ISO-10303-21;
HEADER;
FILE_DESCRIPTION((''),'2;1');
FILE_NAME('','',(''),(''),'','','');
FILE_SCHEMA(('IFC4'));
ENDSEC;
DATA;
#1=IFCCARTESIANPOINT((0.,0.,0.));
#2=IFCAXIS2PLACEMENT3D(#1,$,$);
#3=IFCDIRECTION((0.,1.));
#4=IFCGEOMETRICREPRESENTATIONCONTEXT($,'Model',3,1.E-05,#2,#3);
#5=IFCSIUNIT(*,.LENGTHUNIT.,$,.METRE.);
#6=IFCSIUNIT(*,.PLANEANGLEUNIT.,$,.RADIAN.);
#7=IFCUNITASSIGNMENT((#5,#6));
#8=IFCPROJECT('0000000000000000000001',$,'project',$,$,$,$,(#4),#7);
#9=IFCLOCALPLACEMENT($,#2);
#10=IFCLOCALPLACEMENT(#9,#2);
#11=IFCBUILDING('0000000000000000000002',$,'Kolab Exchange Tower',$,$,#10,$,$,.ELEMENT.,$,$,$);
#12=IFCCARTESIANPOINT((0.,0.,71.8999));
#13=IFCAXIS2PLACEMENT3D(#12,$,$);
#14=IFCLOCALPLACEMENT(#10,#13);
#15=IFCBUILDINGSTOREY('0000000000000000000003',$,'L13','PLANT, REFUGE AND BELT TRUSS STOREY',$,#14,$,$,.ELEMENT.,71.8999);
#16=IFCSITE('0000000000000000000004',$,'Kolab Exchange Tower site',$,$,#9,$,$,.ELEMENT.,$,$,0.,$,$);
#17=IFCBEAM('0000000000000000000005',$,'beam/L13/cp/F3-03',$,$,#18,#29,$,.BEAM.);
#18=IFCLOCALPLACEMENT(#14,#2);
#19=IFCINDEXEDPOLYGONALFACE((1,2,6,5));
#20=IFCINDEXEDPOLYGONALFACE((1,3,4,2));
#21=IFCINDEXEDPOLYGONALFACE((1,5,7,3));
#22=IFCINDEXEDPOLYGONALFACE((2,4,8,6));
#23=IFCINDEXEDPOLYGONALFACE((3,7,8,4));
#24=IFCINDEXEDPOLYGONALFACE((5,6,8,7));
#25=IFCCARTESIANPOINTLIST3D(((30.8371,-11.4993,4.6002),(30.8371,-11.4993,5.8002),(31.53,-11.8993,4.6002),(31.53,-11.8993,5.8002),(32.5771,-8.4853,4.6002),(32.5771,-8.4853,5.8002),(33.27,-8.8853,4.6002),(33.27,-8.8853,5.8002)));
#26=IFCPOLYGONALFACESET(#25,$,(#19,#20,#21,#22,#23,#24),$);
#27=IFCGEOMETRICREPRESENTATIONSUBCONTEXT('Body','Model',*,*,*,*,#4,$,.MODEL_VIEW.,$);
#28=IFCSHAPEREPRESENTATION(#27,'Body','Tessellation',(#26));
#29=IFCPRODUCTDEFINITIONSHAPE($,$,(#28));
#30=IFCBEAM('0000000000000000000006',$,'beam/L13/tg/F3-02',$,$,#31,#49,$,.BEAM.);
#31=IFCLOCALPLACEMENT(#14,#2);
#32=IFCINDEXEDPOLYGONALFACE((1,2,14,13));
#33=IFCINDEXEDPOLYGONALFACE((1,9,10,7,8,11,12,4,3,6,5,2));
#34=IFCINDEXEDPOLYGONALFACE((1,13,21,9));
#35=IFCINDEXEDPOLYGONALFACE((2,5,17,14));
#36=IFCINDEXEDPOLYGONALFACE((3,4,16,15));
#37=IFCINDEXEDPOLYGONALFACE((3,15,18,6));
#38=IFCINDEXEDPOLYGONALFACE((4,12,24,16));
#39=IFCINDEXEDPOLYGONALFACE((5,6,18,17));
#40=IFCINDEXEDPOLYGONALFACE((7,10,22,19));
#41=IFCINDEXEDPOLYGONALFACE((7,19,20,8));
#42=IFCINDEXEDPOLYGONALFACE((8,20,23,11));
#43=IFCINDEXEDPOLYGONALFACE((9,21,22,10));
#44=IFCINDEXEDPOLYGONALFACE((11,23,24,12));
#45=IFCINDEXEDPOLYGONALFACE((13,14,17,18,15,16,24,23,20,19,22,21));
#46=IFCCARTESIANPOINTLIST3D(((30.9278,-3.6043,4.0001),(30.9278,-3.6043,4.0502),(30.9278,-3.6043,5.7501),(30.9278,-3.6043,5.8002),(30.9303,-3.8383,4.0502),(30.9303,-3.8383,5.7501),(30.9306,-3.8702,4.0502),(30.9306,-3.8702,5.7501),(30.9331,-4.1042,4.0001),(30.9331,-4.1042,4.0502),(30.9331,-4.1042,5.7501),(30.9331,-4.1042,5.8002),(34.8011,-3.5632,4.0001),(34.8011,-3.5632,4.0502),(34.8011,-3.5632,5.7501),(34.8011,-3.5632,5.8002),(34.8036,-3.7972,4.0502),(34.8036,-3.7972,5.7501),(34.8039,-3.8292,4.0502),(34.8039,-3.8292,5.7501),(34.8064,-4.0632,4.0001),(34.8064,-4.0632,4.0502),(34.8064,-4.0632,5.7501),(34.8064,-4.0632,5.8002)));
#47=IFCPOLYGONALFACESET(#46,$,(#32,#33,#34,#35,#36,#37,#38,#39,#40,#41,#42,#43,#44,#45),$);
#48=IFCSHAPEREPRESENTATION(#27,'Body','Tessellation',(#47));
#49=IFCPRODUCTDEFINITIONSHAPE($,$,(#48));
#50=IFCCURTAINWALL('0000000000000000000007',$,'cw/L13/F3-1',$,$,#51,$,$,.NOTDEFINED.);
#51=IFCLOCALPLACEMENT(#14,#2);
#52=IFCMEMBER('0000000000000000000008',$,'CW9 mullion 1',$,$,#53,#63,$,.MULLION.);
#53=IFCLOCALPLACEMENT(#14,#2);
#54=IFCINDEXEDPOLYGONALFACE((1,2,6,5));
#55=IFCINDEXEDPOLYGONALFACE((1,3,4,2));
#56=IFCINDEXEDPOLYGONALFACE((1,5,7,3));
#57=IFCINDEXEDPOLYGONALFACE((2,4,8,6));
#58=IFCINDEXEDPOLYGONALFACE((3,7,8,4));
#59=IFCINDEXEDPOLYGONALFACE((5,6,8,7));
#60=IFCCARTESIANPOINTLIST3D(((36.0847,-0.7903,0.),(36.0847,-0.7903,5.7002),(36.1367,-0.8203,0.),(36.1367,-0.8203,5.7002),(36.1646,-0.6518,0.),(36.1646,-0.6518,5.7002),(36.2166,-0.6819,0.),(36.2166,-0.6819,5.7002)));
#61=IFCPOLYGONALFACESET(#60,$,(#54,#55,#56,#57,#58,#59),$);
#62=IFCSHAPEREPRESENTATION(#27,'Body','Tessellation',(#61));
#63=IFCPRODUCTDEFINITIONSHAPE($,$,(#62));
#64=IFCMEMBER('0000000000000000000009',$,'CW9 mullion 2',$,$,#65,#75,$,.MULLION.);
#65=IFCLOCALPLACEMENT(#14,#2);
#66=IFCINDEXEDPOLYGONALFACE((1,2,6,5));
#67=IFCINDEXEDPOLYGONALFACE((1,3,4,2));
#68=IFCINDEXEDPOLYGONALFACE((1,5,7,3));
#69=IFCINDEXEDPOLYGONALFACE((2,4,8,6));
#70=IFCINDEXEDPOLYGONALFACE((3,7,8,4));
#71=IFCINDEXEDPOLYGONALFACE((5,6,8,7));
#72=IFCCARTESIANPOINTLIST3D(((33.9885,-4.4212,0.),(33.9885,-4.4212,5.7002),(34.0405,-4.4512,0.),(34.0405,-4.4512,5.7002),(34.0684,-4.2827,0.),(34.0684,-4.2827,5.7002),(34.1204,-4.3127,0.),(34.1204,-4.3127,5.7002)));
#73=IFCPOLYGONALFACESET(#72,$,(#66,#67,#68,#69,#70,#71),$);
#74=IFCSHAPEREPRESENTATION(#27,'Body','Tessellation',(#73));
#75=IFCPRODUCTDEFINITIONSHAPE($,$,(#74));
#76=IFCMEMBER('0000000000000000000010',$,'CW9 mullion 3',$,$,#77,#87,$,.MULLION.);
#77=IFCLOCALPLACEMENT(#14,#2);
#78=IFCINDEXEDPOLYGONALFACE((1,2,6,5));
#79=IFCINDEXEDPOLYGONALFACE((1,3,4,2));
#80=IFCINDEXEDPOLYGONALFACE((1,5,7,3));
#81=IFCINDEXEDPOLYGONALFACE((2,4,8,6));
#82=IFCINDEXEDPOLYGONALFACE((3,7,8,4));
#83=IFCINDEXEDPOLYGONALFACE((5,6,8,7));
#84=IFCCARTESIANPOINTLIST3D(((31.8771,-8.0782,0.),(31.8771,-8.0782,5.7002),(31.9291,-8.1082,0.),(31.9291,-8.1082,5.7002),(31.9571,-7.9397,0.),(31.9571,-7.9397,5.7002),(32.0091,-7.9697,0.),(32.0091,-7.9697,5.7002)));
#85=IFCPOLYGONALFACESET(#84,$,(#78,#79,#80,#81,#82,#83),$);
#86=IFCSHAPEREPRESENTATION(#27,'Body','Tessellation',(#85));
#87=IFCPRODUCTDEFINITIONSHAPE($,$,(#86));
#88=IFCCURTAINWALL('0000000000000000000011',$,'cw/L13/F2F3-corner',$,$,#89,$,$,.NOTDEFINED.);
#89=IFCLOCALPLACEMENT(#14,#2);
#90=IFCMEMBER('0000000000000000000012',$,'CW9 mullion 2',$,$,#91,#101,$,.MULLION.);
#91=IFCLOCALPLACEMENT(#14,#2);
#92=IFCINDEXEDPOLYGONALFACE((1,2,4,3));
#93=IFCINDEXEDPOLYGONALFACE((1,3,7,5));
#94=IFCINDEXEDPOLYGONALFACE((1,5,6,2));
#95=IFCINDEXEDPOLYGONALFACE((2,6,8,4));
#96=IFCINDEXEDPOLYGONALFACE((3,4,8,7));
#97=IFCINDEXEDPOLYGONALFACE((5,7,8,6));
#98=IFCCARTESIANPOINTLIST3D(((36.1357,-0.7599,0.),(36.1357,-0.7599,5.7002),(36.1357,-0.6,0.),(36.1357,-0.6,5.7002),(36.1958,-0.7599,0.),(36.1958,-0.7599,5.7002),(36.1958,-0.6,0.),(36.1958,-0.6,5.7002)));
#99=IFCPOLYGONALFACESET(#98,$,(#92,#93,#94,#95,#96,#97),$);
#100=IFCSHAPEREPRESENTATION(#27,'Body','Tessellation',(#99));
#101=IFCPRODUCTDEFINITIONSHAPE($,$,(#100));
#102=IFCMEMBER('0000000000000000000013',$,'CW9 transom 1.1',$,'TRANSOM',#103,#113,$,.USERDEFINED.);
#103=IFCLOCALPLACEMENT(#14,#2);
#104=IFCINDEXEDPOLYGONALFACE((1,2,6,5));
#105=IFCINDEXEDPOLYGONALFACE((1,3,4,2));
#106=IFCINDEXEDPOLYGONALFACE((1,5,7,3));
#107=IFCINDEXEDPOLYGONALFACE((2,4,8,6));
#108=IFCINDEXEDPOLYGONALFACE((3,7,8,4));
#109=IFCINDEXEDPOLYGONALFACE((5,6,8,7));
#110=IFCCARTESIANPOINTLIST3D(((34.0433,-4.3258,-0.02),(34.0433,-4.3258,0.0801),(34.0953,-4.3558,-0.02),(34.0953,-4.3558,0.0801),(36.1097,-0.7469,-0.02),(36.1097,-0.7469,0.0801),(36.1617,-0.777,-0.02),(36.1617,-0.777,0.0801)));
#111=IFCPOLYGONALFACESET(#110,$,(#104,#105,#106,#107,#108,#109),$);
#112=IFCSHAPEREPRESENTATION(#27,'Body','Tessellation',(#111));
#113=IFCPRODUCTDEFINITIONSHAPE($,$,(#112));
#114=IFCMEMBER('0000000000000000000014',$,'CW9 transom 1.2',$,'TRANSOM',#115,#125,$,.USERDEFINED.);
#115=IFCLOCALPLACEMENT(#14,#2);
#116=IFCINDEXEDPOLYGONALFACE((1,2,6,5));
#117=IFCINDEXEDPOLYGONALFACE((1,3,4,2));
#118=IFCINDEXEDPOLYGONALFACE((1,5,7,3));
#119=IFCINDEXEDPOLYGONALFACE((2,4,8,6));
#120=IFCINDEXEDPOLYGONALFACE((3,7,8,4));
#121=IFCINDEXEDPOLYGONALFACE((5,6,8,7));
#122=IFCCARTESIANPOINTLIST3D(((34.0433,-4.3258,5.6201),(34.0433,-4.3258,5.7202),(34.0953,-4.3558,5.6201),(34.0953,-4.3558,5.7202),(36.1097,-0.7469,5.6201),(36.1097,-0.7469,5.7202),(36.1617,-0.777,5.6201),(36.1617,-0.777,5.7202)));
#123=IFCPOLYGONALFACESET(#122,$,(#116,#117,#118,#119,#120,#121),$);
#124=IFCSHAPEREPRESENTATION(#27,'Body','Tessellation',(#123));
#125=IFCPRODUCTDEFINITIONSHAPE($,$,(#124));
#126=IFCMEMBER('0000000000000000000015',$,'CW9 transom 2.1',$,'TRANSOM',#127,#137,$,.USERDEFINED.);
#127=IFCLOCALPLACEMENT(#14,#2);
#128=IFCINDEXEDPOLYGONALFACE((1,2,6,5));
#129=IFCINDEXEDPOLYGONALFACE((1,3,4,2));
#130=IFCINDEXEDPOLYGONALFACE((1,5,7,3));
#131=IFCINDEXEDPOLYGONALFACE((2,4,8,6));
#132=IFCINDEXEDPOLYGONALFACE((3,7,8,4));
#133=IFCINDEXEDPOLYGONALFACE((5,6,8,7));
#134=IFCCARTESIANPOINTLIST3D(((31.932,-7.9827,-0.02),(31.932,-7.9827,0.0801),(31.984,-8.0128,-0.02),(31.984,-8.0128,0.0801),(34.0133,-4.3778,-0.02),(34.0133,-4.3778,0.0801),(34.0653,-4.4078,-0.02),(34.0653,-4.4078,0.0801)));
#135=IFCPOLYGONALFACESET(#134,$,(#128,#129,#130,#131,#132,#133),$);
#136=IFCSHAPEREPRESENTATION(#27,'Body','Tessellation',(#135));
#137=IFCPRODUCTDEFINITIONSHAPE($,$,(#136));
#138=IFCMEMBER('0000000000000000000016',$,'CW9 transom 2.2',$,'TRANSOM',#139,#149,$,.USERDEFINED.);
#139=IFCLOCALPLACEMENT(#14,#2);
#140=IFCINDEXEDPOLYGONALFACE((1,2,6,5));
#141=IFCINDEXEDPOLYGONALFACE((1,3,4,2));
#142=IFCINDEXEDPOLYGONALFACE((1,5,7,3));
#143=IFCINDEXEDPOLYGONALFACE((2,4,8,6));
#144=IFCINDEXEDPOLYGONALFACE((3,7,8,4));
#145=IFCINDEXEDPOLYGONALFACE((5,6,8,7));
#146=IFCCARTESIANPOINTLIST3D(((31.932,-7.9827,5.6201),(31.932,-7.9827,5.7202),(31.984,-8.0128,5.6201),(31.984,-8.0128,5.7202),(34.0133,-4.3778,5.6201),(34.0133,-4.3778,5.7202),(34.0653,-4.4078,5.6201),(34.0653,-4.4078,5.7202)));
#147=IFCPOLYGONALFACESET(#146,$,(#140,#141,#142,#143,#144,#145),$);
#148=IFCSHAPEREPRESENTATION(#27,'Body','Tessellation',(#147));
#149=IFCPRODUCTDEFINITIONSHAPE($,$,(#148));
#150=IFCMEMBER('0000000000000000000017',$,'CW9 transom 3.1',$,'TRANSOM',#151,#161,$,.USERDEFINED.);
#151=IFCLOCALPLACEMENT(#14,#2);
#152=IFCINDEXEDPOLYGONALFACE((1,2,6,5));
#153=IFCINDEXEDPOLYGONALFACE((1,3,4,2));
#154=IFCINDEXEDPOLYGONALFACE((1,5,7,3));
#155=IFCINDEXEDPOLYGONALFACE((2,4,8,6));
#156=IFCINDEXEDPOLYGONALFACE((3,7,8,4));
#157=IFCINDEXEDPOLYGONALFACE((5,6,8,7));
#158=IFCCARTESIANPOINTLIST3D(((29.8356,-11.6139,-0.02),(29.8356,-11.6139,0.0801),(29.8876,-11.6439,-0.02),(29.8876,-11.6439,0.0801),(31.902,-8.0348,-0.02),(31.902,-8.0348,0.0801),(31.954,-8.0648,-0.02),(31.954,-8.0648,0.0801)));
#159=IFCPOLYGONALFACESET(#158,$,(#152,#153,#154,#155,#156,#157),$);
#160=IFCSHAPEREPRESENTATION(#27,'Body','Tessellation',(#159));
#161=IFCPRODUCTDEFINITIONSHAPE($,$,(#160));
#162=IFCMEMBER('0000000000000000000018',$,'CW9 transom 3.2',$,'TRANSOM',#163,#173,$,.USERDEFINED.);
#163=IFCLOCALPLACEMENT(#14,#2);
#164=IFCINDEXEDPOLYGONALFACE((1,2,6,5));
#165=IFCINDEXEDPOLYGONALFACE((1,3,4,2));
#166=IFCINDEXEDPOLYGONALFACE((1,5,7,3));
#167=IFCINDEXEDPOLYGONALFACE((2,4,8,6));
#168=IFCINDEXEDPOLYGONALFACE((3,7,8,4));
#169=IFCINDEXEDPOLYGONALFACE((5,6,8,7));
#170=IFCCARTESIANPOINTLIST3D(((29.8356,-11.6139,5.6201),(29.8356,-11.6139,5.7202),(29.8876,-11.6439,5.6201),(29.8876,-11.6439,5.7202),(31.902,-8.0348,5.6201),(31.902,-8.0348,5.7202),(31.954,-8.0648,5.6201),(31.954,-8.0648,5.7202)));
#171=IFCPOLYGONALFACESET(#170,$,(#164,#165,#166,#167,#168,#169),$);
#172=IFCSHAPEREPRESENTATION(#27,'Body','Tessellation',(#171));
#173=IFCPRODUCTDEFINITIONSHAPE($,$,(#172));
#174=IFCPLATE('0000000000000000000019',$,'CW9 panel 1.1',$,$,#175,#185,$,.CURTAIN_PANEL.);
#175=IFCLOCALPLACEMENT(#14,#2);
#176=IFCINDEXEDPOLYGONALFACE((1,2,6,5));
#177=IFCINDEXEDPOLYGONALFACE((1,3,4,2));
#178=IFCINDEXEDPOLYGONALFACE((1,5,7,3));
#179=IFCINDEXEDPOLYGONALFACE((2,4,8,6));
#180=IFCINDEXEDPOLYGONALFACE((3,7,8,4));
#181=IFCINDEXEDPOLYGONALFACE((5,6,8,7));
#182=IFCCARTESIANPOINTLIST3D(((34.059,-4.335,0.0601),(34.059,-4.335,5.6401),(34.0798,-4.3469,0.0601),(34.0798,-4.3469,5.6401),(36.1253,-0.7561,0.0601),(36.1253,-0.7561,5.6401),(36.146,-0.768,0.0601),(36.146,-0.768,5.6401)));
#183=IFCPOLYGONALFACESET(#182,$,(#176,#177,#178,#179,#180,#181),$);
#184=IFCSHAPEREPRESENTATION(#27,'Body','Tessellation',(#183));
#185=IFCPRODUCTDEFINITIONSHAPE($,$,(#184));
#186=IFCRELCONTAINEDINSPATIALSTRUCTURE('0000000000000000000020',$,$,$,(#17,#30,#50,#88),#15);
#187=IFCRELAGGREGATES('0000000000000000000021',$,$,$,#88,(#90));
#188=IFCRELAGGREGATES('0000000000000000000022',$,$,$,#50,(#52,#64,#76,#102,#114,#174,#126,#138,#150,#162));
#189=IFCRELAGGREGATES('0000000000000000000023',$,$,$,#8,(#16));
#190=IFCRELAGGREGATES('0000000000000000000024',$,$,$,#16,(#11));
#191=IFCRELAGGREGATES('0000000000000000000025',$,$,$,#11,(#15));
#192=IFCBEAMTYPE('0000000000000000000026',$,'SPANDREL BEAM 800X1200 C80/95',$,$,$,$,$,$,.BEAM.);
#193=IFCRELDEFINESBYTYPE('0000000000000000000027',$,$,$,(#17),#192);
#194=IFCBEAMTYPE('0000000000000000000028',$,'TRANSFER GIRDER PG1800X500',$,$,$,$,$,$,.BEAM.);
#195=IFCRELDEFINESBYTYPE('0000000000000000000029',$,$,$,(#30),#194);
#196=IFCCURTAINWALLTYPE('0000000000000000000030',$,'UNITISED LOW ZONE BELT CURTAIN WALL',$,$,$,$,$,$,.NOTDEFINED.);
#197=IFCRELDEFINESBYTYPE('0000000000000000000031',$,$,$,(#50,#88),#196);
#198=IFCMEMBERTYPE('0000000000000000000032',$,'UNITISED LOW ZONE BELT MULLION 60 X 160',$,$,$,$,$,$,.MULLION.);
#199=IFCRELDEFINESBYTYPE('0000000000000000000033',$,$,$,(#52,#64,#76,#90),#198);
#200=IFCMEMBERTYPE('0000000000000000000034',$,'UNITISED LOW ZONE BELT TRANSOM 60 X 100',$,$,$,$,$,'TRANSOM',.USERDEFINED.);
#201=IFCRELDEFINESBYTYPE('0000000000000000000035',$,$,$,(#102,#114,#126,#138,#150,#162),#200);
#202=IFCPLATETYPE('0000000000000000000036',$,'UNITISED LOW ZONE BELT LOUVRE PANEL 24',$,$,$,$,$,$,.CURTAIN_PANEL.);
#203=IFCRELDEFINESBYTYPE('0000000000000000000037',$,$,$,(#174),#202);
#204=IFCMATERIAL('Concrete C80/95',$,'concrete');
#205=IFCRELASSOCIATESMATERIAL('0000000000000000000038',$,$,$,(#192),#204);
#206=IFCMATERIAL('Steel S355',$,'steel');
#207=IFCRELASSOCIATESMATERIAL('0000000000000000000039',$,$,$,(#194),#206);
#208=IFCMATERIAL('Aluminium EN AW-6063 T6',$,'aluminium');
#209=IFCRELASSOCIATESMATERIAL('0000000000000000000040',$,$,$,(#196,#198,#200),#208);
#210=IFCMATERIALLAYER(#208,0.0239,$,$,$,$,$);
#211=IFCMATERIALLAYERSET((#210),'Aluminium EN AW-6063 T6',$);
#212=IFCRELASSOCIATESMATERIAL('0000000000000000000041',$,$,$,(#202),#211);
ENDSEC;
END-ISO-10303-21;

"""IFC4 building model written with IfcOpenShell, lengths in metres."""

from ifc_helpers import new_model, si_unit, direction, frame, origin, origin_2d, place, context, subcontext, project, spatial, rectangle, i_section, extrude, material, layer, layer_set, material_profile, profile_set, type_object, element, aggregate, save


model = new_model("IFC4")

# Units and contexts
model_context = context("Model", 3, precision=1e-05, world=origin(), true_north=direction((0.0, 1.0)))
body_context = subcontext(model_context, "Body", "Model", "MODEL_VIEW")
ifc_project = project(units=[si_unit("LENGTHUNIT", "METRE"), si_unit("PLANEANGLEUNIT", "RADIAN")], contexts=[model_context])

# Site, building, storey
site_placement = place(None, origin())
site = spatial("IfcSite", under=ifc_project, at=site_placement, Name="Kolab Exchange Tower site", CompositionType="ELEMENT", RefElevation=0.0)
building_placement = place(site_placement, origin())
building = spatial("IfcBuilding", under=site, at=building_placement, Name="Kolab Exchange Tower", CompositionType="ELEMENT")
storey_placement = place(building_placement, frame((0.0, 0.0, 71.8999)))
storey = spatial("IfcBuildingStorey", under=building, at=storey_placement, Name="L13", Description="PLANT, REFUGE AND BELT TRUSS STOREY", CompositionType="ELEMENT", Elevation=71.8999)

# Shared definitions
ifc_material_1 = material(Name="Concrete C80/95", Category="concrete")

# Shared definitions
ifc_material_2 = material(Name="Steel S355", Category="steel")

# Beams
ifc_material_profile_1 = material_profile(ifc_material_1, rectangle(XDim=0.8, YDim=1.2, at=origin_2d()), Name="RC800X1200")
ifc_profile_set_1 = profile_set([ifc_material_profile_1], Name="Concrete C80/95")
beam_type_1 = type_object("IfcBeamType", Name="SPANDREL BEAM 800X1200 C80/95", PredefinedType="BEAM", material=ifc_profile_set_1)
beam_1_placement = place(storey_placement, frame((32.9236, -8.6853, 5.2002), z_axis=(-0.49998, -0.866037, 0.0), x_axis=(0.866037, -0.49998, 0.0)))
element("IfcBeam", 1, at=beam_1_placement, inside=storey, type_object=beam_type_1, Name="beam/L13/cp/F3-03", PredefinedType="BEAM", context=body_context, shape_type="SweptSolid", body=[
    extrude(rectangle(XDim=0.8, YDim=1.2, at=origin_2d()), origin(), (0.0, 0.0, 1.0), 3.4802),
])
ifc_material_profile_2 = material_profile(ifc_material_2, i_section(OverallWidth=0.5, OverallDepth=1.8, WebThickness=0.032, FlangeThickness=0.05, at=origin_2d()), Name="PG1800X500")
ifc_profile_set_2 = profile_set([ifc_material_profile_2], Name="Steel S355")
beam_type_2 = type_object("IfcBeamType", Name="TRANSFER GIRDER PG1800X500", PredefinedType="BEAM", material=ifc_profile_set_2)
beam_2_placement = place(storey_placement, frame((30.9304, -3.8542, 4.9001), z_axis=(0.999944, 0.010589, 0.0), x_axis=(-0.010589, 0.999944, 0.0)))
element("IfcBeam", 2, at=beam_2_placement, inside=storey, type_object=beam_type_2, Name="beam/L13/tg/F3-02", PredefinedType="BEAM", context=body_context, shape_type="SweptSolid", body=[
    extrude(i_section(OverallWidth=0.5, OverallDepth=1.8, WebThickness=0.032, FlangeThickness=0.05, at=origin_2d()), origin(), (0.0, 0.0, 1.0), 3.8735),
])

# Curtain wall, members
ifc_material_3 = material(Name="Aluminium EN AW-6063 T6", Category="aluminium")
curtain_wall_type = type_object("IfcCurtainWallType", Name="UNITISED LOW ZONE BELT CURTAIN WALL", PredefinedType="NOTDEFINED", material=ifc_material_3)
curtain_wall_1_placement = place(storey_placement, origin())
curtain_wall_1 = element("IfcCurtainWall", 3, at=curtain_wall_1_placement, inside=storey, type_object=curtain_wall_type, Name="cw/L13/F3-1", PredefinedType="NOTDEFINED")
ifc_material_profile_3 = material_profile(ifc_material_3, rectangle(XDim=0.0601, YDim=0.1599, at=origin_2d()), Name="RECT 60X160")
ifc_profile_set_3 = profile_set([ifc_material_profile_3], Name="Aluminium EN AW-6063 T6")
member_type_1 = type_object("IfcMemberType", Name="UNITISED LOW ZONE BELT MULLION 60 X 160", PredefinedType="MULLION", material=ifc_profile_set_3)
member_1_placement = place(storey_placement, frame((36.1506, -0.7361, 0.0), z_axis=(0.0, 0.0, 1.0), x_axis=(0.866025, -0.5, 0.0)))
member_1 = element("IfcMember", 4, at=member_1_placement, type_object=member_type_1, Name="CW9 mullion 1", PredefinedType="MULLION", context=body_context, shape_type="SweptSolid", body=[
    extrude(rectangle(XDim=0.0601, YDim=0.1599, at=origin_2d()), origin(), (0.0, 0.0, 1.0), 5.7002),
])
member_2_placement = place(storey_placement, frame((34.0544, -4.3669, 0.0), z_axis=(0.0, 0.0, 1.0), x_axis=(0.866025, -0.5, 0.0)))
member_2 = element("IfcMember", 5, at=member_2_placement, type_object=member_type_1, Name="CW9 mullion 2", PredefinedType="MULLION", context=body_context, shape_type="SweptSolid", body=[
    extrude(rectangle(XDim=0.0601, YDim=0.1599, at=origin_2d()), origin(), (0.0, 0.0, 1.0), 5.7002),
])
member_3_placement = place(storey_placement, frame((31.9431, -8.0239, 0.0), z_axis=(0.0, 0.0, 1.0), x_axis=(0.866025, -0.5, 0.0)))
member_3 = element("IfcMember", 6, at=member_3_placement, type_object=member_type_1, Name="CW9 mullion 3", PredefinedType="MULLION", context=body_context, shape_type="SweptSolid", body=[
    extrude(rectangle(XDim=0.0601, YDim=0.1599, at=origin_2d()), origin(), (0.0, 0.0, 1.0), 5.7002),
])

# Curtain wall, member
curtain_wall_2_placement = place(storey_placement, origin())
curtain_wall_2 = element("IfcCurtainWall", 7, at=curtain_wall_2_placement, inside=storey, type_object=curtain_wall_type, Name="cw/L13/F2F3-corner", PredefinedType="NOTDEFINED")
member_4_placement = place(storey_placement, frame((36.1658, -0.6799, 0.0), z_axis=(0.0, 0.0, 1.0), x_axis=(1.0, 0.0, 0.0)))
member_4 = element("IfcMember", 8, at=member_4_placement, type_object=member_type_1, Name="CW9 mullion 2", PredefinedType="MULLION", context=body_context, shape_type="SweptSolid", body=[
    extrude(rectangle(XDim=0.0601, YDim=0.1599, at=origin_2d()), origin(), (0.0, 0.0, 1.0), 5.7002),
])
aggregate(curtain_wall_2, [member_4])

# Members
ifc_material_profile_4 = material_profile(ifc_material_3, rectangle(XDim=0.0601, YDim=0.1001, at=origin_2d()), Name="RECT 60X100")
ifc_profile_set_4 = profile_set([ifc_material_profile_4], Name="Aluminium EN AW-6063 T6")
member_type_2 = type_object("IfcMemberType", Name="UNITISED LOW ZONE BELT TRANSOM 60 X 100", ElementType="TRANSOM", PredefinedType="USERDEFINED", material=ifc_profile_set_4)
member_5_placement = place(storey_placement, frame((36.1357, -0.762, 0.03), z_axis=(-0.500028, -0.866009, 0.0), x_axis=(0.866009, -0.500028, 0.0)))
member_5 = element("IfcMember", 9, at=member_5_placement, type_object=member_type_2, Name="CW9 transom 1.1", ObjectType="TRANSOM", PredefinedType="USERDEFINED", context=body_context, shape_type="SweptSolid", body=[
    extrude(rectangle(XDim=0.0601, YDim=0.1001, at=origin_2d()), origin(), (0.0, 0.0, 1.0), 4.1326),
])
member_6_placement = place(storey_placement, frame((36.1357, -0.762, 5.6702), z_axis=(-0.500028, -0.866009, 0.0), x_axis=(0.866009, -0.500028, 0.0)))
member_6 = element("IfcMember", 10, at=member_6_placement, type_object=member_type_2, Name="CW9 transom 1.2", ObjectType="TRANSOM", PredefinedType="USERDEFINED", context=body_context, shape_type="SweptSolid", body=[
    extrude(rectangle(XDim=0.0601, YDim=0.1001, at=origin_2d()), origin(), (0.0, 0.0, 1.0), 4.1326),
])
member_7_placement = place(storey_placement, frame((34.0393, -4.3928, 0.03), z_axis=(-0.499993, -0.866029, 0.0), x_axis=(0.866029, -0.499993, 0.0)))
member_7 = element("IfcMember", 11, at=member_7_placement, type_object=member_type_2, Name="CW9 transom 2.1", ObjectType="TRANSOM", PredefinedType="USERDEFINED", context=body_context, shape_type="SweptSolid", body=[
    extrude(rectangle(XDim=0.0601, YDim=0.1001, at=origin_2d()), origin(), (0.0, 0.0, 1.0), 4.1626),
])
member_8_placement = place(storey_placement, frame((34.0393, -4.3928, 5.6702), z_axis=(-0.499993, -0.866029, 0.0), x_axis=(0.866029, -0.499993, 0.0)))
member_8 = element("IfcMember", 12, at=member_8_placement, type_object=member_type_2, Name="CW9 transom 2.2", ObjectType="TRANSOM", PredefinedType="USERDEFINED", context=body_context, shape_type="SweptSolid", body=[
    extrude(rectangle(XDim=0.0601, YDim=0.1001, at=origin_2d()), origin(), (0.0, 0.0, 1.0), 4.1626),
])
member_9_placement = place(storey_placement, frame((31.928, -8.0498, 0.03), z_axis=(-0.500002, -0.866024, 0.0), x_axis=(0.866024, -0.500002, 0.0)))
member_9 = element("IfcMember", 13, at=member_9_placement, type_object=member_type_2, Name="CW9 transom 3.1", ObjectType="TRANSOM", PredefinedType="USERDEFINED", context=body_context, shape_type="SweptSolid", body=[
    extrude(rectangle(XDim=0.0601, YDim=0.1001, at=origin_2d()), origin(), (0.0, 0.0, 1.0), 4.1328),
])
member_10_placement = place(storey_placement, frame((31.928, -8.0498, 5.6702), z_axis=(-0.500002, -0.866024, 0.0), x_axis=(0.866024, -0.500002, 0.0)))
member_10 = element("IfcMember", 14, at=member_10_placement, type_object=member_type_2, Name="CW9 transom 3.2", ObjectType="TRANSOM", PredefinedType="USERDEFINED", context=body_context, shape_type="SweptSolid", body=[
    extrude(rectangle(XDim=0.0601, YDim=0.1001, at=origin_2d()), origin(), (0.0, 0.0, 1.0), 4.1328),
])

# Plate
ifc_layer_1 = layer(ifc_material_3, 0.0239)
ifc_layer_set_1 = layer_set([ifc_layer_1], Name="Aluminium EN AW-6063 T6")
plate_type = type_object("IfcPlateType", Name="UNITISED LOW ZONE BELT LOUVRE PANEL 24", PredefinedType="CURTAIN_PANEL", material=ifc_layer_set_1)
plate_1_placement = place(storey_placement, frame((35.1025, -2.5515, 0.0601), z_axis=(0.0, 0.0, 1.0), x_axis=(-0.5, -0.866025, 0.0)))
plate_1 = element("IfcPlate", 15, at=plate_1_placement, type_object=plate_type, Name="CW9 panel 1.1", PredefinedType="CURTAIN_PANEL", context=body_context, shape_type="SweptSolid", body=[
    extrude(rectangle(XDim=4.1326, YDim=0.0239, at=origin_2d()), origin(), (0.0, 0.0, 1.0), 5.5801),
])
aggregate(curtain_wall_1, [member_1, member_2, member_3, member_5, member_6, plate_1, member_7, member_8, member_9, member_10])

save(model, "model.ifc")
